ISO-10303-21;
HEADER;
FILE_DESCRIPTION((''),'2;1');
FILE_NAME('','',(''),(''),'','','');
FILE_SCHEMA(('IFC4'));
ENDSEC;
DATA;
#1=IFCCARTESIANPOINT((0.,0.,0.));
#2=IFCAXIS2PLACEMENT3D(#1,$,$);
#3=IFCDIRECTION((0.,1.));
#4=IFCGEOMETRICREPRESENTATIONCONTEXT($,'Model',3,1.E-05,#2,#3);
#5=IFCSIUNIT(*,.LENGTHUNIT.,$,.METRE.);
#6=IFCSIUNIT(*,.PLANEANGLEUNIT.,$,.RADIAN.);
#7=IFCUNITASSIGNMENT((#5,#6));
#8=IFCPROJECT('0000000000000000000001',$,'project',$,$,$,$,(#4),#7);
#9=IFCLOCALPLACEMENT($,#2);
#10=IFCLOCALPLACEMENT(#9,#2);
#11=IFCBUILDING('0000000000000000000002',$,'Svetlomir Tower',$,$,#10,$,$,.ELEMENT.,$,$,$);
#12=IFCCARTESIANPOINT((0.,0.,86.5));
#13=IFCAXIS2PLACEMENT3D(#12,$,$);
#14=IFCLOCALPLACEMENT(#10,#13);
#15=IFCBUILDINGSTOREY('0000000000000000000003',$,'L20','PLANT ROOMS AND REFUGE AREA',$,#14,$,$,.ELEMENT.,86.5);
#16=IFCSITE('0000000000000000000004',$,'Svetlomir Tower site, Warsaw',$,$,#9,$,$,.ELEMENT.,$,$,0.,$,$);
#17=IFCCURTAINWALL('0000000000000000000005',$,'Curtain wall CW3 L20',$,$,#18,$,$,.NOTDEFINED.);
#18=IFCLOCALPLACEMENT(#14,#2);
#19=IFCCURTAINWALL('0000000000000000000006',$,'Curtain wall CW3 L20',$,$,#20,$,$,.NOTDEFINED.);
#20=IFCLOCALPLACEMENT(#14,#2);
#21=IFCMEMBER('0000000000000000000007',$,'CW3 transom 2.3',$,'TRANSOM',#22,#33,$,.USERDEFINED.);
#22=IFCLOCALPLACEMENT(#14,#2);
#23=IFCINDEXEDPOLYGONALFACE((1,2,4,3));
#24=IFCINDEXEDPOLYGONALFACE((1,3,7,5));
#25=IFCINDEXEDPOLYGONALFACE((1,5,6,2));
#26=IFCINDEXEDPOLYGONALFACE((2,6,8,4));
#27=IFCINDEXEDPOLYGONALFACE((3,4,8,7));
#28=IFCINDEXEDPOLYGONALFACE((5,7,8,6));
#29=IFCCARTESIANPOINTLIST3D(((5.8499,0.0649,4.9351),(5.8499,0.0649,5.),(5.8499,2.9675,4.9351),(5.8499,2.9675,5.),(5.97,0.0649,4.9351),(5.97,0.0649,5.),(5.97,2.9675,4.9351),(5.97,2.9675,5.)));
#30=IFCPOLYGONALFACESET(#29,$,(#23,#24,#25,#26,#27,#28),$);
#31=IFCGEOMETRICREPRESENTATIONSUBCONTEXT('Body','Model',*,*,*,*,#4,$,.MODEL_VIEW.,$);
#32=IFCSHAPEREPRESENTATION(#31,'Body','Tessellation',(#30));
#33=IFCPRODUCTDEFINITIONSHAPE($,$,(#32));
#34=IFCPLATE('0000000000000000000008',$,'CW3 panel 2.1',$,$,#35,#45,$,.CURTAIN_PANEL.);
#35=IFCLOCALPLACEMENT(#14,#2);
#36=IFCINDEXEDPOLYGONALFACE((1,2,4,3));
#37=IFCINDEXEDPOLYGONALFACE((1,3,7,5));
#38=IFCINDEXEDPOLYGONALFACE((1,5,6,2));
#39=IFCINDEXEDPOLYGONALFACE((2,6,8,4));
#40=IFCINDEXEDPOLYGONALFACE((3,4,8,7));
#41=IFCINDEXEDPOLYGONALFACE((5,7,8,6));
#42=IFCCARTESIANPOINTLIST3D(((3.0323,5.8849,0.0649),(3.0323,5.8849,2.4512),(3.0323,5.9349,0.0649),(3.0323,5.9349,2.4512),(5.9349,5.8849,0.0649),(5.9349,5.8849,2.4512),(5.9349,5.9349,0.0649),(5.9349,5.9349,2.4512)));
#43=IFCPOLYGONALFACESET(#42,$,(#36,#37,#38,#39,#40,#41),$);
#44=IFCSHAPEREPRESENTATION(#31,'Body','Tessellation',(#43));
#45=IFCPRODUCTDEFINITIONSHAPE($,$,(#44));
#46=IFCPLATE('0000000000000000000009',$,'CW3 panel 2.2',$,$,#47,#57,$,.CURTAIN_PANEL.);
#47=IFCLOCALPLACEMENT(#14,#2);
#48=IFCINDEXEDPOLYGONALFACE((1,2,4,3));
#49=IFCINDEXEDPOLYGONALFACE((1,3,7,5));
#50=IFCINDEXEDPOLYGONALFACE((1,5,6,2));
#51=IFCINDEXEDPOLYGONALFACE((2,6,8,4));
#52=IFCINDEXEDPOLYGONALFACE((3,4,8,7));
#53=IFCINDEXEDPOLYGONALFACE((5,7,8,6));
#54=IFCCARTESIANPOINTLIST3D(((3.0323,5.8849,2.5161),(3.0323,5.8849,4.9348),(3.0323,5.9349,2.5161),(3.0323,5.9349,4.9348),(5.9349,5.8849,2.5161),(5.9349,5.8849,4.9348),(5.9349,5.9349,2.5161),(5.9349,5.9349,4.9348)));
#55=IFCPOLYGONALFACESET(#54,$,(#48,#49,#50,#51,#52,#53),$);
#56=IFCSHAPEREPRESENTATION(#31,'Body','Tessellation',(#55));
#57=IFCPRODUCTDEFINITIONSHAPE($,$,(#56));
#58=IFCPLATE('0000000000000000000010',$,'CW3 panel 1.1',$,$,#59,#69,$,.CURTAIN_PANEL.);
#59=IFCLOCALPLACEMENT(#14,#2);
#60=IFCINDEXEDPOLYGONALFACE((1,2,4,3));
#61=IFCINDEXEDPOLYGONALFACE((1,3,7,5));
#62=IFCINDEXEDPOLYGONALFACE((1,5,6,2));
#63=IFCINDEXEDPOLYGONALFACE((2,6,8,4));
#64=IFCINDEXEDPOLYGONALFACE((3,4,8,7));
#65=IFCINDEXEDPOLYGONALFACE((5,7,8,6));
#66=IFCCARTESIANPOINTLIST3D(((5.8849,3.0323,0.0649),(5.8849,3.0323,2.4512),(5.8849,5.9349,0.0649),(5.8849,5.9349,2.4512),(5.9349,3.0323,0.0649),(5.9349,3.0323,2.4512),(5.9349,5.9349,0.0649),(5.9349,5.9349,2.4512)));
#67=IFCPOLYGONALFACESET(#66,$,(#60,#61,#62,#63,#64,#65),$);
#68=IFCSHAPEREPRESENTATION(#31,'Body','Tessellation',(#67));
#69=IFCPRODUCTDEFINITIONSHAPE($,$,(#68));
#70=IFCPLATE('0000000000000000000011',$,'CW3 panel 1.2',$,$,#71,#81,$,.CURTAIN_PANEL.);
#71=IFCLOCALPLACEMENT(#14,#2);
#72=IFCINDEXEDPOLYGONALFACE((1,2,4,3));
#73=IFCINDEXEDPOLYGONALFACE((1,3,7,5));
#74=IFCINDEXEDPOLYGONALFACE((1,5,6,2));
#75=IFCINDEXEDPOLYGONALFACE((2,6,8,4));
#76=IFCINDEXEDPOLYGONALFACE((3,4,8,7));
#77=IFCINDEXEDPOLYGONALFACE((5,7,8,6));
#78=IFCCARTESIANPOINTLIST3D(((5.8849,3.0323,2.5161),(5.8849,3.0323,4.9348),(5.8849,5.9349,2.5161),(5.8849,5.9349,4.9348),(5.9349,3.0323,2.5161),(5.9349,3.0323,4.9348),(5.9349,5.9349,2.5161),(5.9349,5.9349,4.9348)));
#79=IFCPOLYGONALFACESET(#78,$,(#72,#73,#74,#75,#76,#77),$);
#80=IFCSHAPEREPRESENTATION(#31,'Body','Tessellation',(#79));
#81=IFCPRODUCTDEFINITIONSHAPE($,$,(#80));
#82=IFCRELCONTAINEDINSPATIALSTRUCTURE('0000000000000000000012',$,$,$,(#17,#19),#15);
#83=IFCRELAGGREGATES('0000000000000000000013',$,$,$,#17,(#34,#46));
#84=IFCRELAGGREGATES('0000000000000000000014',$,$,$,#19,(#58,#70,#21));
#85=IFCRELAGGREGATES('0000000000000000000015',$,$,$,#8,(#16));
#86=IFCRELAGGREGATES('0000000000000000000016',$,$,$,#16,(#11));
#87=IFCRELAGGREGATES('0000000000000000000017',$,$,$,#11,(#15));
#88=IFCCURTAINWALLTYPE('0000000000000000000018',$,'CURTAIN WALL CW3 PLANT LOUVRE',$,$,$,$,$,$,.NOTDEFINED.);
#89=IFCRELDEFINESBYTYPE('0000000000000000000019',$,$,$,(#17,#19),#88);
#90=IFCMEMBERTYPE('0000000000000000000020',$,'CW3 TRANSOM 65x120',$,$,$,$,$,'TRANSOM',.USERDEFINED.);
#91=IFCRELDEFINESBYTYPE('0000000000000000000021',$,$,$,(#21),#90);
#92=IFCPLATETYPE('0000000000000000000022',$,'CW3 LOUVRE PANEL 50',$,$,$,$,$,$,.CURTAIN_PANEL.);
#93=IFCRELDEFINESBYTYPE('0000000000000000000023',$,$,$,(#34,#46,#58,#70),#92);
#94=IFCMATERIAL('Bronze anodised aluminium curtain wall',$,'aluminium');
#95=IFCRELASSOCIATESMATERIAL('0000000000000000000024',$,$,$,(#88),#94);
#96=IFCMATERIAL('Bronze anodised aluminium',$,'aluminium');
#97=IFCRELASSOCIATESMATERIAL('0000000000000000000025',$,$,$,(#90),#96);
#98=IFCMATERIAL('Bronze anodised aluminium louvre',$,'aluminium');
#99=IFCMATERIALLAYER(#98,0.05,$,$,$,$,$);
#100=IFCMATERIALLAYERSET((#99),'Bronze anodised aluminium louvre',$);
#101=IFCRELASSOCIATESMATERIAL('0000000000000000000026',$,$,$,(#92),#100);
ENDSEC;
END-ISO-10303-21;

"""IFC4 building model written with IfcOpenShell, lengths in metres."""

from ifc_helpers import new_model, si_unit, direction, frame, origin, origin_2d, place, context, subcontext, project, spatial, rectangle, extrude, material, layer, layer_set, material_profile, profile_set, type_object, element, aggregate, save


model = new_model("IFC4")

# Units and contexts
model_context = context("Model", 3, precision=1e-05, world=origin(), true_north=direction((0.0, 1.0)))
body_context = subcontext(model_context, "Body", "Model", "MODEL_VIEW")
ifc_project = project(units=[si_unit("LENGTHUNIT", "METRE"), si_unit("PLANEANGLEUNIT", "RADIAN")], contexts=[model_context])

# Site, building, storey
site_placement = place(None, origin())
site = spatial("IfcSite", under=ifc_project, at=site_placement, Name="Svetlomir Tower site, Warsaw", CompositionType="ELEMENT", RefElevation=0.0)
building_placement = place(site_placement, origin())
building = spatial("IfcBuilding", under=site, at=building_placement, Name="Svetlomir Tower", CompositionType="ELEMENT")
storey_placement = place(building_placement, frame((0.0, 0.0, 86.5)))
storey = spatial("IfcBuildingStorey", under=building, at=storey_placement, Name="L20", Description="PLANT ROOMS AND REFUGE AREA", CompositionType="ELEMENT", Elevation=86.5)

# Curtain wall
ifc_material_1 = material(Name="Bronze anodised aluminium curtain wall", Category="aluminium")
curtain_wall_type = type_object("IfcCurtainWallType", Name="CURTAIN WALL CW3 PLANT LOUVRE", PredefinedType="NOTDEFINED", material=ifc_material_1)
curtain_wall_1_placement = place(storey_placement, origin())
curtain_wall_1 = element("IfcCurtainWall", 1, at=curtain_wall_1_placement, inside=storey, type_object=curtain_wall_type, Name="Curtain wall CW3 L20", PredefinedType="NOTDEFINED")

# Curtain wall
curtain_wall_2_placement = place(storey_placement, origin())
curtain_wall_2 = element("IfcCurtainWall", 2, at=curtain_wall_2_placement, inside=storey, type_object=curtain_wall_type, Name="Curtain wall CW3 L20", PredefinedType="NOTDEFINED")

# Member
ifc_material_2 = material(Name="Bronze anodised aluminium", Category="aluminium")
ifc_material_profile_1 = material_profile(ifc_material_2, rectangle(XDim=0.1201, YDim=0.0649, at=origin_2d()), Name="AL 120x65")
ifc_profile_set_1 = profile_set([ifc_material_profile_1], Name="Bronze anodised aluminium 6063-T6")
member_type_1 = type_object("IfcMemberType", Name="CW3 TRANSOM 65x120", ElementType="TRANSOM", PredefinedType="USERDEFINED", material=ifc_profile_set_1)
member_1_placement = place(storey_placement, frame((5.9099, 2.9675, 4.9675), z_axis=(0.0, -1.0, 0.0), x_axis=(1.0, 0.0, 0.0)))
member_1 = element("IfcMember", 3, at=member_1_placement, type_object=member_type_1, Name="CW3 transom 2.3", ObjectType="TRANSOM", PredefinedType="USERDEFINED", context=body_context, shape_type="SweptSolid", body=[
    extrude(rectangle(XDim=0.1201, YDim=0.0649, at=origin_2d()), origin(), (0.0, 0.0, 1.0), 2.9026),
])

# Plates
ifc_material_3 = material(Name="Bronze anodised aluminium louvre", Category="aluminium")
ifc_layer = layer(ifc_material_3, 0.05)
ifc_layer_set = layer_set([ifc_layer], Name="Bronze anodised aluminium louvre")
plate_type = type_object("IfcPlateType", Name="CW3 LOUVRE PANEL 50", PredefinedType="CURTAIN_PANEL", material=ifc_layer_set)
plate_1_placement = place(storey_placement, frame((4.4836, 5.9099, 0.0649), z_axis=(0.0, 0.0, 1.0), x_axis=(1.0, 0.0, 0.0)))
plate_1 = element("IfcPlate", 4, at=plate_1_placement, type_object=plate_type, Name="CW3 panel 2.1", PredefinedType="CURTAIN_PANEL", context=body_context, shape_type="SweptSolid", body=[
    extrude(rectangle(XDim=2.9026, YDim=0.05, at=origin_2d()), origin(), (0.0, 0.0, 1.0), 2.3862),
])
plate_2_placement = place(storey_placement, frame((4.4836, 5.9099, 2.5161), z_axis=(0.0, 0.0, 1.0), x_axis=(1.0, 0.0, 0.0)))
plate_2 = element("IfcPlate", 5, at=plate_2_placement, type_object=plate_type, Name="CW3 panel 2.2", PredefinedType="CURTAIN_PANEL", context=body_context, shape_type="SweptSolid", body=[
    extrude(rectangle(XDim=2.9026, YDim=0.05, at=origin_2d()), origin(), (0.0, 0.0, 1.0), 2.4187),
])
aggregate(curtain_wall_1, [plate_1, plate_2])
plate_3_placement = place(storey_placement, frame((5.9099, 4.4836, 0.0649), z_axis=(0.0, 0.0, 1.0), x_axis=(0.0, -1.0, 0.0)))
plate_3 = element("IfcPlate", 6, at=plate_3_placement, type_object=plate_type, Name="CW3 panel 1.1", PredefinedType="CURTAIN_PANEL", context=body_context, shape_type="SweptSolid", body=[
    extrude(rectangle(XDim=2.9026, YDim=0.05, at=origin_2d()), origin(), (0.0, 0.0, 1.0), 2.3862),
])
plate_4_placement = place(storey_placement, frame((5.9099, 4.4836, 2.5161), z_axis=(0.0, 0.0, 1.0), x_axis=(0.0, -1.0, 0.0)))
plate_4 = element("IfcPlate", 7, at=plate_4_placement, type_object=plate_type, Name="CW3 panel 1.2", PredefinedType="CURTAIN_PANEL", context=body_context, shape_type="SweptSolid", body=[
    extrude(rectangle(XDim=2.9026, YDim=0.05, at=origin_2d()), origin(), (0.0, 0.0, 1.0), 2.4187),
])
aggregate(curtain_wall_2, [plate_3, plate_4, member_1])

save(model, "model.ifc")
